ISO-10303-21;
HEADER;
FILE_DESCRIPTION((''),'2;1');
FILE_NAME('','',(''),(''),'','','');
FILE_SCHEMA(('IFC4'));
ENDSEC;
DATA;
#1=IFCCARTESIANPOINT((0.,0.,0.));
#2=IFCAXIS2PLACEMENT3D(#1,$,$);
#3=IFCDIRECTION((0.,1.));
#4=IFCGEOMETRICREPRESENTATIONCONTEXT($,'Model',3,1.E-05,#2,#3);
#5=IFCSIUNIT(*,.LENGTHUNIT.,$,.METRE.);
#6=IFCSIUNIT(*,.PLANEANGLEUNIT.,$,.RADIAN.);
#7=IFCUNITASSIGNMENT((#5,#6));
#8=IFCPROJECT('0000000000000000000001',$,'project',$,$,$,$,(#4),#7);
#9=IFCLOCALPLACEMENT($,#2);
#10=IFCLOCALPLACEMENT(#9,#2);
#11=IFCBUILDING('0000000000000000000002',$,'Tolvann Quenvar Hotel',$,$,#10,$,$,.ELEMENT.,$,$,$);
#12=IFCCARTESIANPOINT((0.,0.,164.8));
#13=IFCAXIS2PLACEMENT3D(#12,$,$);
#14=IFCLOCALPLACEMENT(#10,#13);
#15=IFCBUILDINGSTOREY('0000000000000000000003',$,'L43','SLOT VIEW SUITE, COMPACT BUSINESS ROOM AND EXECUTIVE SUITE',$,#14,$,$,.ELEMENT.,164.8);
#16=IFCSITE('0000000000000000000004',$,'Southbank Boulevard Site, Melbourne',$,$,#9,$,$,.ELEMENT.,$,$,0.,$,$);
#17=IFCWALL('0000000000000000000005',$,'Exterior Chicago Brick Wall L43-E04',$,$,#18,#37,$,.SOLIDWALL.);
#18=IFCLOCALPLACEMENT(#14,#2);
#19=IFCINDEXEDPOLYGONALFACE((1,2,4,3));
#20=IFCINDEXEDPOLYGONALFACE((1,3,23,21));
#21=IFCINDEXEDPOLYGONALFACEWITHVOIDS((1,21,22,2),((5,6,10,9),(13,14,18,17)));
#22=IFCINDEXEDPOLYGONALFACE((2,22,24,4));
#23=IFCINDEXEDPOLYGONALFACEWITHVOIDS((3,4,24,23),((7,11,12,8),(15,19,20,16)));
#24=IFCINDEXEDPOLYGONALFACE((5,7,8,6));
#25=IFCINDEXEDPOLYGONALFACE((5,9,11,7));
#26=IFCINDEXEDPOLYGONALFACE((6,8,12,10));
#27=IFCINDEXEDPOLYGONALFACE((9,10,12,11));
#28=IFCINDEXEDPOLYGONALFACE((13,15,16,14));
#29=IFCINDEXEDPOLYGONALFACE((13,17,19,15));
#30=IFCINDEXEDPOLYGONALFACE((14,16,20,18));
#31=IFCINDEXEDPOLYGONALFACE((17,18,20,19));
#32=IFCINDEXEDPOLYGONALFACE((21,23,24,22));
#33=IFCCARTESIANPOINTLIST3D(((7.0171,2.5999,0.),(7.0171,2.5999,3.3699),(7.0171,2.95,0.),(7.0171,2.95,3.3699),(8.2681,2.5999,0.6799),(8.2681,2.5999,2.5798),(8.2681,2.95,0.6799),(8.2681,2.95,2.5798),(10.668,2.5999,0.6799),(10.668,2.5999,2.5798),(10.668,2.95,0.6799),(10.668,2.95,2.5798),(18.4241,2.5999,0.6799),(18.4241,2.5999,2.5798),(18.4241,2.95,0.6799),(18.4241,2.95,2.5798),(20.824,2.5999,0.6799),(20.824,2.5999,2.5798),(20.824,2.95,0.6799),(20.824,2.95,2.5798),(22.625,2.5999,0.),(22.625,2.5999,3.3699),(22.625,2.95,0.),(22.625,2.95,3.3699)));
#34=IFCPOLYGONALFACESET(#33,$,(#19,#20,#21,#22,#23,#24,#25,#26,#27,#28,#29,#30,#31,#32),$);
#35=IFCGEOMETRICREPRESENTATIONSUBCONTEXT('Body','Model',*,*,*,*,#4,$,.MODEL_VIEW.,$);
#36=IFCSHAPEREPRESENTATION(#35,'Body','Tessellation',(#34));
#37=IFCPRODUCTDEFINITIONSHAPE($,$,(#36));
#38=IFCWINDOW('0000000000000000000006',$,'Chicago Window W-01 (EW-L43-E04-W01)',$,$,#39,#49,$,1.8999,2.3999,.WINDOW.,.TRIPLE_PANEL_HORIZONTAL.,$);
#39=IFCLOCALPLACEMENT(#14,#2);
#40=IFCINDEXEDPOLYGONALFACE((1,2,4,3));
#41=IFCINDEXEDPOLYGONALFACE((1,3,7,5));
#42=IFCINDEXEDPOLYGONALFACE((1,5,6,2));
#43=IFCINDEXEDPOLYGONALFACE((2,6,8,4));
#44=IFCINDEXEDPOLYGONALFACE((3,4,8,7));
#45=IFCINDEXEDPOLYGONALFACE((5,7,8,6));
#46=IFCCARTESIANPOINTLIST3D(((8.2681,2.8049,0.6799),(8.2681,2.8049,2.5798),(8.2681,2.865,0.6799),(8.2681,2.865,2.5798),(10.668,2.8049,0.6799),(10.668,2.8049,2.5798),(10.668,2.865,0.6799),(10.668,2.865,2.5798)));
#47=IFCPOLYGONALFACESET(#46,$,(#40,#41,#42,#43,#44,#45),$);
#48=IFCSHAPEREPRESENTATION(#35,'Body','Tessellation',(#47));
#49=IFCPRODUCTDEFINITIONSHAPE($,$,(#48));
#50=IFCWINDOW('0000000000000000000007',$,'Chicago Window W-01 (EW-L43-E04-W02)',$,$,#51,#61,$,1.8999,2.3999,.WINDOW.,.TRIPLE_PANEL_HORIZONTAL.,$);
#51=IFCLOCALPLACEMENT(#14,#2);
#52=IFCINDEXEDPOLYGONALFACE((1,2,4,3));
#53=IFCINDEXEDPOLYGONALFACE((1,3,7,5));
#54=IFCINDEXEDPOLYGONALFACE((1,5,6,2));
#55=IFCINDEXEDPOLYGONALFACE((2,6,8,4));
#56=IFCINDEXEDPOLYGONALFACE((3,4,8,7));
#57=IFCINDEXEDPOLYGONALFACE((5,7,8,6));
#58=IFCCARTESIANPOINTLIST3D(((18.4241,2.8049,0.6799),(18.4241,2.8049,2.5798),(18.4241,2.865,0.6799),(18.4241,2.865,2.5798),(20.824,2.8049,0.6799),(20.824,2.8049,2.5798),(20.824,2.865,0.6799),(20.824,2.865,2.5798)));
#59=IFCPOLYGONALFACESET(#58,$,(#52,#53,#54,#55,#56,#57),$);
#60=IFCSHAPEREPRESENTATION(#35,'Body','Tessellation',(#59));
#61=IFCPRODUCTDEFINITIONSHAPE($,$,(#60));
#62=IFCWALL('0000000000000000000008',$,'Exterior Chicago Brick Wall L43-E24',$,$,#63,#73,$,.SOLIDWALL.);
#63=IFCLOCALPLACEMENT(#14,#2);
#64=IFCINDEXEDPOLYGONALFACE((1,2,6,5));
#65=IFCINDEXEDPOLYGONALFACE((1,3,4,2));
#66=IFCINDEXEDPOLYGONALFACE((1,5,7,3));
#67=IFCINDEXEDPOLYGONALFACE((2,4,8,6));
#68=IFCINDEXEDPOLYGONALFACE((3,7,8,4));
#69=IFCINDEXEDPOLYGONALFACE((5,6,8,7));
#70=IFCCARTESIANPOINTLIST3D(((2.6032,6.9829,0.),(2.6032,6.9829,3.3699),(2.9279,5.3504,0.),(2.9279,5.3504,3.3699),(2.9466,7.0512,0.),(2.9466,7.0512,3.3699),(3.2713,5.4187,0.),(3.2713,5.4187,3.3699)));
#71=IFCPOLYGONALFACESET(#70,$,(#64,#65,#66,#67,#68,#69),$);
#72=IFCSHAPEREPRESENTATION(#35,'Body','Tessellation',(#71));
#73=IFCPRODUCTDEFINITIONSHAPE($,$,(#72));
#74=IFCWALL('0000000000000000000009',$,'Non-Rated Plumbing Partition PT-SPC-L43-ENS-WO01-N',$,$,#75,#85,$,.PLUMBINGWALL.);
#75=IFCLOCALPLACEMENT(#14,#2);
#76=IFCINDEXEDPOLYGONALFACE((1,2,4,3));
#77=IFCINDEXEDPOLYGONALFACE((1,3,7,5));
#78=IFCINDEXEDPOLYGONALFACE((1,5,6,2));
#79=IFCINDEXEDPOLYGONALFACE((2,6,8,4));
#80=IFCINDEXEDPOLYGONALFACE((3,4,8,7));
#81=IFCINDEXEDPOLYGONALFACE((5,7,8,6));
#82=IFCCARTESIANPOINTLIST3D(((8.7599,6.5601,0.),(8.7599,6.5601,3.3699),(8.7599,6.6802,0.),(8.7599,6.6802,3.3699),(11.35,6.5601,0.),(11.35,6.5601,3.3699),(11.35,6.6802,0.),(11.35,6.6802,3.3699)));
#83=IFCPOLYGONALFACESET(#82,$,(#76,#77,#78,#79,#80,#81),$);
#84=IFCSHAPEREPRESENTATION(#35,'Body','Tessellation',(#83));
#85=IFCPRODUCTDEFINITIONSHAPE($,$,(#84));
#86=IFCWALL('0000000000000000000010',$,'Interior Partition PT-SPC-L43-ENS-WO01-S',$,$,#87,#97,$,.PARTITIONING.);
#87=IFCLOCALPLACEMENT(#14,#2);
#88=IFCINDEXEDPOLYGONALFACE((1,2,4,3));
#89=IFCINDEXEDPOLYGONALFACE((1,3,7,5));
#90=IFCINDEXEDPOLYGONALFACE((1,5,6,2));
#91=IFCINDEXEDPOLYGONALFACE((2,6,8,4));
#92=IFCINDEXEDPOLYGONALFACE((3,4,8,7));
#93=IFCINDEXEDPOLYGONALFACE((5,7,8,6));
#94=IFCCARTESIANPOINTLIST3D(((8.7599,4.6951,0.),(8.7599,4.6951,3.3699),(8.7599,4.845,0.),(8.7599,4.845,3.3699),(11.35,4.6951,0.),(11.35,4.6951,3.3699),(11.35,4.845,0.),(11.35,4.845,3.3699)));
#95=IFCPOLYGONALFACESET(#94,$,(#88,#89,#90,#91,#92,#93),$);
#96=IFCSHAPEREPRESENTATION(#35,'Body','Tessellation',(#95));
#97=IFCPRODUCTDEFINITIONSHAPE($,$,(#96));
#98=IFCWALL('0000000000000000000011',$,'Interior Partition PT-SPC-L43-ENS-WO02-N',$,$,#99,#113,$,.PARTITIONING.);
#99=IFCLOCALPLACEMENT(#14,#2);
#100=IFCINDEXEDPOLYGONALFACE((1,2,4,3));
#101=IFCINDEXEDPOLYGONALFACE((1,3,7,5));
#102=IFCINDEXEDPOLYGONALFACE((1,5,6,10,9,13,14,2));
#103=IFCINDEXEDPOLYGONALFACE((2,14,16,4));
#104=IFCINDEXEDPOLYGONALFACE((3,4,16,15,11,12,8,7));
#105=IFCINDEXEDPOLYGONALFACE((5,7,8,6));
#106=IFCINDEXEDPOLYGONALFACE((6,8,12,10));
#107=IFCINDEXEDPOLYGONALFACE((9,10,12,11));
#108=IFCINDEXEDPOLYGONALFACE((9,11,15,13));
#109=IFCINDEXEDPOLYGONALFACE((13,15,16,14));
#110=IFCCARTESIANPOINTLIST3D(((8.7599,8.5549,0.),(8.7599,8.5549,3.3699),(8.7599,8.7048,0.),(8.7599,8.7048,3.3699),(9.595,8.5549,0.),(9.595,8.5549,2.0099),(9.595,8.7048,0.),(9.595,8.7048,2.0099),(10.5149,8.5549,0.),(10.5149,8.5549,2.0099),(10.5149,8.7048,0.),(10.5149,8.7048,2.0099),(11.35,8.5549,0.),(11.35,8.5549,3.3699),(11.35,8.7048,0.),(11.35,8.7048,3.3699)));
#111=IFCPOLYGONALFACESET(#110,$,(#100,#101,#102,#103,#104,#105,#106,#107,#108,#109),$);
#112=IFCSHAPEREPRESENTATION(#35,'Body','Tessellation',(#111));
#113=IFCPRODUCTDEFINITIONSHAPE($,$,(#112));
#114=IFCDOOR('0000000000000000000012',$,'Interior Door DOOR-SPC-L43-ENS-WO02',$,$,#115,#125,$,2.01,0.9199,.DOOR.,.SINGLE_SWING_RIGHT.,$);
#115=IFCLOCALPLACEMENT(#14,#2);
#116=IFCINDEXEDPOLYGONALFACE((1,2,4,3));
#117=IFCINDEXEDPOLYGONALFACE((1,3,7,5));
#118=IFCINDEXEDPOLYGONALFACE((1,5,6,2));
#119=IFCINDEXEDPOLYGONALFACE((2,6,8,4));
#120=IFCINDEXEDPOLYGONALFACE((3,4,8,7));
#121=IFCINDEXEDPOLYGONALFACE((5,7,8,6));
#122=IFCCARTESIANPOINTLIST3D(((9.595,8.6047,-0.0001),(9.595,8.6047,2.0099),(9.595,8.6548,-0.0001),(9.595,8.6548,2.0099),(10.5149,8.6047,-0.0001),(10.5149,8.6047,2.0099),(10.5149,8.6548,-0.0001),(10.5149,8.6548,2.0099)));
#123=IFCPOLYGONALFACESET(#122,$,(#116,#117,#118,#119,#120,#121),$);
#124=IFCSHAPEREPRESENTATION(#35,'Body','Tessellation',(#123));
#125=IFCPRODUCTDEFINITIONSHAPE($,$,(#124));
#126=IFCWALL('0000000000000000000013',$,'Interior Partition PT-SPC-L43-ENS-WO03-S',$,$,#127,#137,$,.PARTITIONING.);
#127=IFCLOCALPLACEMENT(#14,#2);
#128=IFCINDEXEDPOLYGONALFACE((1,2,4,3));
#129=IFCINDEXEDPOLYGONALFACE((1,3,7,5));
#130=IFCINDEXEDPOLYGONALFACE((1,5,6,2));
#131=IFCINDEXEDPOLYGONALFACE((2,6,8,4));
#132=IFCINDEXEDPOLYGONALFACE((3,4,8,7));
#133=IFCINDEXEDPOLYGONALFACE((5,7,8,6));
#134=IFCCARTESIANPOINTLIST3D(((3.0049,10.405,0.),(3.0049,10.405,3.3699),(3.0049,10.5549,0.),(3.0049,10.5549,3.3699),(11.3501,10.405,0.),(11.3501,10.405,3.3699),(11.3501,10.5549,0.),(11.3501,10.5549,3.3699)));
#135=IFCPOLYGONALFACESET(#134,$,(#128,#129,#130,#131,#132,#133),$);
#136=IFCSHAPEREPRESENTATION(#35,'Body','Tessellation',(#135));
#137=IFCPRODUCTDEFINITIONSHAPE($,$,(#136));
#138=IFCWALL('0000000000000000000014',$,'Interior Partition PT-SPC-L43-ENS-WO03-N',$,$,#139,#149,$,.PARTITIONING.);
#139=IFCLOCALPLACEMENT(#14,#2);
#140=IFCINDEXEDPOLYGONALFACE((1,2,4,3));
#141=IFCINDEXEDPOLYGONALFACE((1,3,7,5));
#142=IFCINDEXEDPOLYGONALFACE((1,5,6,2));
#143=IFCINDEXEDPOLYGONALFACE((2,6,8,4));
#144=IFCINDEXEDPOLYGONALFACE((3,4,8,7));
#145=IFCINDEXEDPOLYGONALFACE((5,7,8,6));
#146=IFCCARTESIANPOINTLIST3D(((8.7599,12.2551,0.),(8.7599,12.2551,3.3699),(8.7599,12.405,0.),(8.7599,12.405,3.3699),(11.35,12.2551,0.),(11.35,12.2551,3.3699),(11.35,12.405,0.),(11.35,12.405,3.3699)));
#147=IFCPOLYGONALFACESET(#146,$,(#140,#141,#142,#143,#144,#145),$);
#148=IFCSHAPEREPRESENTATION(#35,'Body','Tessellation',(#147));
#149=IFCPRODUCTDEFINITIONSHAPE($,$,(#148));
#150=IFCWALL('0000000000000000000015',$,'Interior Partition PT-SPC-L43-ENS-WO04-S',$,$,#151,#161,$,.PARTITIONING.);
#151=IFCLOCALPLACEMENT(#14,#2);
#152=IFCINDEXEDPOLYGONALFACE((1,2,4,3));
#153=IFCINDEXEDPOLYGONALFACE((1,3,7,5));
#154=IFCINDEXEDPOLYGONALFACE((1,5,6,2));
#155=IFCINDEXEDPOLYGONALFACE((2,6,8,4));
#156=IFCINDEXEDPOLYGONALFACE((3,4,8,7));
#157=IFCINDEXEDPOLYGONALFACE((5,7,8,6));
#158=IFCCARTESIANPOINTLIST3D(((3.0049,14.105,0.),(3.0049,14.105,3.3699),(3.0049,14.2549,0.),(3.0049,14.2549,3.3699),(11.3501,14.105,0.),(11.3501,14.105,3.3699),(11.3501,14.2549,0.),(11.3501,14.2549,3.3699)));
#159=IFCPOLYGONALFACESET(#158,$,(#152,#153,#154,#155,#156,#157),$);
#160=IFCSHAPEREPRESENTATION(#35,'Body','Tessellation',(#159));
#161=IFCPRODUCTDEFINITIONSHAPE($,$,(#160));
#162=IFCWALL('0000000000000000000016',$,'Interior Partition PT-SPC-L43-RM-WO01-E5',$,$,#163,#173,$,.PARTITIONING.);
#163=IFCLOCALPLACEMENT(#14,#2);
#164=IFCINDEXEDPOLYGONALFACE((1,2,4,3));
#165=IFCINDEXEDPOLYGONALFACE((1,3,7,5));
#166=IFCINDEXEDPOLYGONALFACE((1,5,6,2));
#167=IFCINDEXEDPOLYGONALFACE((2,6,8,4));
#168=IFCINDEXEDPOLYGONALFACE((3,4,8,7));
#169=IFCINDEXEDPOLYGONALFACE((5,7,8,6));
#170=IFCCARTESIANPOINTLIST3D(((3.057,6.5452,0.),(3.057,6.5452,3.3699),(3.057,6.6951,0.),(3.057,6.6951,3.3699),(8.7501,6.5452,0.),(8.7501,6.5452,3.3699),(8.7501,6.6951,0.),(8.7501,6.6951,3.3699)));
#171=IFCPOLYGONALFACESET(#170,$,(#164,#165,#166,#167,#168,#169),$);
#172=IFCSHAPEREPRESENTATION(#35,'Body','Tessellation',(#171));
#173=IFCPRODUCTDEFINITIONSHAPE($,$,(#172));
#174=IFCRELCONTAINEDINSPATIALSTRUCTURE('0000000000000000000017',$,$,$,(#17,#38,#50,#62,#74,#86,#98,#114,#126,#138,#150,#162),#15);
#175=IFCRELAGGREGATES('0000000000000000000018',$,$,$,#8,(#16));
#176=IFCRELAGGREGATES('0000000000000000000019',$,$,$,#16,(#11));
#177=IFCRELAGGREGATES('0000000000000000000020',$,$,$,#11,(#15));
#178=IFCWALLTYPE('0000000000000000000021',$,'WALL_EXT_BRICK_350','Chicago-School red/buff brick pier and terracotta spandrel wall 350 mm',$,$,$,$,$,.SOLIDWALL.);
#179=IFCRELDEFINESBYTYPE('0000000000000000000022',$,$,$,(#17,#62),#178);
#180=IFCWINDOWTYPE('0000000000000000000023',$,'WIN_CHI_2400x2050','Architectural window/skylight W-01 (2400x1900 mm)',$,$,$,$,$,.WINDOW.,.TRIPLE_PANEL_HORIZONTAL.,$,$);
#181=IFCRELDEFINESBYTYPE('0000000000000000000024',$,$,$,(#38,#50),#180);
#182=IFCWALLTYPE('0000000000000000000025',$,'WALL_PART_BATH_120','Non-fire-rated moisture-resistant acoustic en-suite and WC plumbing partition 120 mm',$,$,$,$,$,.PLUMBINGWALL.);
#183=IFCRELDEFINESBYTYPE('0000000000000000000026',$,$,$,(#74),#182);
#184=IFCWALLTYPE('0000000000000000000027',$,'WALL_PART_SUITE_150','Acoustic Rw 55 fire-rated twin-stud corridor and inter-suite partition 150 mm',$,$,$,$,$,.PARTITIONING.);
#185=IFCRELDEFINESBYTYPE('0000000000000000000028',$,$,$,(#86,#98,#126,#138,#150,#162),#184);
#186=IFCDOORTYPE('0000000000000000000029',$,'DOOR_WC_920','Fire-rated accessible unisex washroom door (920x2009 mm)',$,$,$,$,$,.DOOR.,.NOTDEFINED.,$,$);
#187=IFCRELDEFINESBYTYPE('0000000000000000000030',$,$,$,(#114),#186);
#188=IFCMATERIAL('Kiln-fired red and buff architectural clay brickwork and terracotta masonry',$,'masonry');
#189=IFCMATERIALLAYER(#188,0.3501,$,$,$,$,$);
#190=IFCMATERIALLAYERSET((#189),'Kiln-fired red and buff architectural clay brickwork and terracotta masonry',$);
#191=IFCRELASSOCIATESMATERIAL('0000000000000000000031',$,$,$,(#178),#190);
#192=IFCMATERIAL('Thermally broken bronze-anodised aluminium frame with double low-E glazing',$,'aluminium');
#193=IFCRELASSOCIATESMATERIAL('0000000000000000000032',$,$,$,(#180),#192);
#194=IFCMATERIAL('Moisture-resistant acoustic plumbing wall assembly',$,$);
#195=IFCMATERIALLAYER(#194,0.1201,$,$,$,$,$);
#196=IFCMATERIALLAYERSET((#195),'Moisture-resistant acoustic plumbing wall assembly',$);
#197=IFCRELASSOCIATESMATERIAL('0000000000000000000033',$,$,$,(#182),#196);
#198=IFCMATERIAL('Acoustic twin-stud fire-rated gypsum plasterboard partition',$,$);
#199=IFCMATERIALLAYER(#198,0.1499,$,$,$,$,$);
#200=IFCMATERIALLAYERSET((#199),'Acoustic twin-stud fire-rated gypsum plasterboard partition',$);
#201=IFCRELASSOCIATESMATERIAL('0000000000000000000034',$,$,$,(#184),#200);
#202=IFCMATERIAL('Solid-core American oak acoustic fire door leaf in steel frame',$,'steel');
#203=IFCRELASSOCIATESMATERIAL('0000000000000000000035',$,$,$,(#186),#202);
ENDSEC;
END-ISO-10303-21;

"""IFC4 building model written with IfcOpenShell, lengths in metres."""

from ifc_helpers import new_model, si_unit, direction, frame, frame_2d, origin, place, context, subcontext, project, spatial, rectangle, extrude, source, transform, mapped, material, layer, layer_set, type_object, type_shapes, element, fill, save


model = new_model("IFC4")

# Units and contexts
model_context = context("Model", 3, precision=1e-05, world=origin(), true_north=direction((0.0, 1.0)))
body_context = subcontext(model_context, "Body", "Model", "MODEL_VIEW")
ifc_project = project(units=[si_unit("LENGTHUNIT", "METRE"), si_unit("PLANEANGLEUNIT", "RADIAN")], contexts=[model_context])

# Site, building, storey
site_placement = place(None, origin())
site = spatial("IfcSite", under=ifc_project, at=site_placement, Name="Southbank Boulevard Site, Melbourne", CompositionType="ELEMENT", RefElevation=0.0)
building_placement = place(site_placement, origin())
building = spatial("IfcBuilding", under=site, at=building_placement, Name="Tolvann Quenvar Hotel", CompositionType="ELEMENT")
storey_placement = place(building_placement, frame((0.0, 0.0, 164.8)))
storey = spatial("IfcBuildingStorey", under=building, at=storey_placement, Name="L43", Description="SLOT VIEW SUITE, COMPACT BUSINESS ROOM AND EXECUTIVE SUITE", CompositionType="ELEMENT", Elevation=164.8)

# Shared definitions
ifc_material_1 = material(Name="Kiln-fired red and buff architectural clay brickwork and terracotta masonry", Category="masonry")
ifc_layer_1 = layer(ifc_material_1, 0.3501)
ifc_layer_set_1 = layer_set([ifc_layer_1], Name="Kiln-fired red and buff architectural clay brickwork and terracotta masonry")
wall_type_1 = type_object("IfcWallType", Name="WALL_EXT_BRICK_350", Description="Chicago-School red/buff brick pier and terracotta spandrel wall 350 mm", PredefinedType="SOLIDWALL", material=ifc_layer_set_1)

# Wall, openings, windows
wall_1_placement = place(storey_placement, frame((7.0171, 2.7749, 0.0), z_axis=(0.0, 0.0, 1.0), x_axis=(1.0, 0.0, 0.0)))
wall_1 = element("IfcWall", 1, at=wall_1_placement, inside=storey, type_object=wall_type_1, Name="Exterior Chicago Brick Wall L43-E04", PredefinedType="SOLIDWALL", context=body_context, shape_type="SweptSolid", body=[
    extrude(rectangle(XDim=15.6079, YDim=0.3501, at=frame_2d((7.804, 0.0))), origin(), (0.0, 0.0, 1.0), 3.3699),
])
opening_1_placement = place(wall_1_placement, frame((1.251, 0.0, 0.6799)))
opening_1 = element("IfcOpeningElement", 2, at=opening_1_placement, cuts=wall_1, PredefinedType="OPENING", context=body_context, shape_type="SweptSolid", body=[
    extrude(rectangle(XDim=2.3999, YDim=1.8999, at=frame_2d((1.2, 0.95))), frame((0.0, 0.1851, 0.0), z_axis=(0.0, -1.0, 0.0), x_axis=(1.0, 0.0, 0.0)), (0.0, 0.0, 1.0), 0.3701),
])
opening_2_placement = place(wall_1_placement, frame((11.407, 0.0, 0.6799)))
opening_2 = element("IfcOpeningElement", 3, at=opening_2_placement, cuts=wall_1, PredefinedType="OPENING", context=body_context, shape_type="SweptSolid", body=[
    extrude(rectangle(XDim=2.3999, YDim=1.8999, at=frame_2d((1.2, 0.95))), frame((0.0, 0.1851, 0.0), z_axis=(0.0, -1.0, 0.0), x_axis=(1.0, 0.0, 0.0)), (0.0, 0.0, 1.0), 0.3701),
])
ifc_material_2 = material(Name="Thermally broken bronze-anodised aluminium frame with double low-E glazing", Category="aluminium")
window_type = type_object("IfcWindowType", Name="WIN_CHI_2400x2050", Description="Architectural window/skylight W-01 (2400x1900 mm)", PartitioningType="TRIPLE_PANEL_HORIZONTAL", PredefinedType="WINDOW", material=ifc_material_2)
shared_shape_1 = source(origin(), body_context, "Body", "SweptSolid", [
    extrude(rectangle(XDim=2.3999, YDim=1.8999, at=frame_2d((1.2, 0.95))), frame((0.0, 0.0901, 0.0), z_axis=(0.0, -1.0, 0.0), x_axis=(1.0, 0.0, 0.0)), (0.0, 0.0, 1.0), 0.0601),
])
type_shapes(window_type, [shared_shape_1])
window_1_placement = place(opening_1_placement, origin())
window_1 = element("IfcWindow", 4, at=window_1_placement, inside=storey, type_object=window_type, Name="Chicago Window W-01 (EW-L43-E04-W01)", OverallHeight=1.8999, OverallWidth=2.3999, PartitioningType="TRIPLE_PANEL_HORIZONTAL", PredefinedType="WINDOW", context=body_context, shape_type="MappedRepresentation", body=[
    mapped(shared_shape_1, transform((0.0, 0.0, 0.0), x_axis=(1.0, 0.0, 0.0), y_axis=(0.0, 1.0, 0.0), z_axis=(0.0, 0.0, 1.0), scale=1.0)),
])
fill(opening_1, window_1)
window_2_placement = place(opening_2_placement, origin())
window_2 = element("IfcWindow", 5, at=window_2_placement, inside=storey, type_object=window_type, Name="Chicago Window W-01 (EW-L43-E04-W02)", OverallHeight=1.8999, OverallWidth=2.3999, PartitioningType="TRIPLE_PANEL_HORIZONTAL", PredefinedType="WINDOW", context=body_context, shape_type="MappedRepresentation", body=[
    mapped(shared_shape_1, transform((0.0, 0.0, 0.0), x_axis=(1.0, 0.0, 0.0), y_axis=(0.0, 1.0, 0.0), z_axis=(0.0, 0.0, 1.0), scale=1.0)),
])
fill(opening_2, window_2)

# Walls
wall_2_placement = place(storey_placement, frame((2.7749, 7.0171, 0.0), z_axis=(0.0, 0.0, 1.0), x_axis=(0.195072, -0.980789, 0.0)))
element("IfcWall", 6, at=wall_2_placement, inside=storey, type_object=wall_type_1, Name="Exterior Chicago Brick Wall L43-E24", PredefinedType="SOLIDWALL", context=body_context, shape_type="SweptSolid", body=[
    extrude(rectangle(XDim=1.6646, YDim=0.3501, at=frame_2d((0.8323, 0.0))), origin(), (0.0, 0.0, 1.0), 3.3699),
])
ifc_material_3 = material(Name="Moisture-resistant acoustic plumbing wall assembly")
ifc_layer_2 = layer(ifc_material_3, 0.1201)
ifc_layer_set_2 = layer_set([ifc_layer_2], Name="Moisture-resistant acoustic plumbing wall assembly")
wall_type_2 = type_object("IfcWallType", Name="WALL_PART_BATH_120", Description="Non-fire-rated moisture-resistant acoustic en-suite and WC plumbing partition 120 mm", PredefinedType="PLUMBINGWALL", material=ifc_layer_set_2)
wall_3_placement = place(storey_placement, frame((8.76, 6.6201, 0.0), z_axis=(0.0, 0.0, 1.0), x_axis=(1.0, 0.0, 0.0)))
element("IfcWall", 7, at=wall_3_placement, inside=storey, type_object=wall_type_2, Name="Non-Rated Plumbing Partition PT-SPC-L43-ENS-WO01-N", PredefinedType="PLUMBINGWALL", context=body_context, shape_type="SweptSolid", body=[
    extrude(rectangle(XDim=2.5901, YDim=0.1201, at=frame_2d((1.2949, 0.0))), origin(), (0.0, 0.0, 1.0), 3.3699),
])
ifc_material_4 = material(Name="Acoustic twin-stud fire-rated gypsum plasterboard partition")
ifc_layer_3 = layer(ifc_material_4, 0.1499)
ifc_layer_set_3 = layer_set([ifc_layer_3], Name="Acoustic twin-stud fire-rated gypsum plasterboard partition")
wall_type_3 = type_object("IfcWallType", Name="WALL_PART_SUITE_150", Description="Acoustic Rw 55 fire-rated twin-stud corridor and inter-suite partition 150 mm", PredefinedType="PARTITIONING", material=ifc_layer_set_3)
wall_4_placement = place(storey_placement, frame((8.76, 4.77, 0.0), z_axis=(0.0, 0.0, 1.0), x_axis=(1.0, 0.0, 0.0)))
element("IfcWall", 8, at=wall_4_placement, inside=storey, type_object=wall_type_3, Name="Interior Partition PT-SPC-L43-ENS-WO01-S", PredefinedType="PARTITIONING", context=body_context, shape_type="SweptSolid", body=[
    extrude(rectangle(XDim=2.5901, YDim=0.1499, at=frame_2d((1.2949, 0.0))), origin(), (0.0, 0.0, 1.0), 3.3699),
])

# Wall, opening, door
wall_5_placement = place(storey_placement, frame((8.76, 8.6299, 0.0), z_axis=(0.0, 0.0, 1.0), x_axis=(1.0, 0.0, 0.0)))
wall_5 = element("IfcWall", 9, at=wall_5_placement, inside=storey, type_object=wall_type_3, Name="Interior Partition PT-SPC-L43-ENS-WO02-N", PredefinedType="PARTITIONING", context=body_context, shape_type="SweptSolid", body=[
    extrude(rectangle(XDim=2.5901, YDim=0.1499, at=frame_2d((1.2949, 0.0))), origin(), (0.0, 0.0, 1.0), 3.3699),
])
opening_3_placement = place(wall_5_placement, frame((0.835, 0.0, 0.0)))
opening_3 = element("IfcOpeningElement", 10, at=opening_3_placement, cuts=wall_5, PredefinedType="OPENING", context=body_context, shape_type="SweptSolid", body=[
    extrude(rectangle(XDim=0.9199, YDim=2.01, at=frame_2d((0.46, 1.0049))), frame((0.0, 0.085, 0.0), z_axis=(0.0, -1.0, 0.0), x_axis=(1.0, 0.0, 0.0)), (0.0, 0.0, 1.0), 0.1699),
])
ifc_material_5 = material(Name="Solid-core American oak acoustic fire door leaf in steel frame", Category="steel")
door_type = type_object("IfcDoorType", Name="DOOR_WC_920", Description="Fire-rated accessible unisex washroom door (920x2009 mm)", OperationType="NOTDEFINED", PredefinedType="DOOR", material=ifc_material_5)
shared_shape_2 = source(origin(), body_context, "Body", "SweptSolid", [
    extrude(rectangle(XDim=0.9199, YDim=2.01, at=frame_2d((0.46, 1.0049))), frame((0.0, 0.0249, 0.0), z_axis=(0.0, -1.0, 0.0), x_axis=(1.0, 0.0, 0.0)), (0.0, 0.0, 1.0), 0.05),
])
type_shapes(door_type, [shared_shape_2])
door_placement = place(opening_3_placement, origin())
door = element("IfcDoor", 11, at=door_placement, inside=storey, type_object=door_type, Name="Interior Door DOOR-SPC-L43-ENS-WO02", OperationType="SINGLE_SWING_RIGHT", OverallHeight=2.01, OverallWidth=0.9199, PredefinedType="DOOR", context=body_context, shape_type="MappedRepresentation", body=[
    mapped(shared_shape_2, transform((0.0, 0.0, 0.0), x_axis=(1.0, 0.0, 0.0), y_axis=(0.0, 1.0, 0.0), z_axis=(0.0, 0.0, 1.0), scale=1.0)),
])
fill(opening_3, door)

# Walls
wall_6_placement = place(storey_placement, frame((3.0049, 10.48, 0.0), z_axis=(0.0, 0.0, 1.0), x_axis=(1.0, 0.0, 0.0)))
element("IfcWall", 12, at=wall_6_placement, inside=storey, type_object=wall_type_3, Name="Interior Partition PT-SPC-L43-ENS-WO03-S", PredefinedType="PARTITIONING", context=body_context, shape_type="SweptSolid", body=[
    extrude(rectangle(XDim=8.3452, YDim=0.1499, at=frame_2d((4.1726, 0.0))), origin(), (0.0, 0.0, 1.0), 3.3699),
])
wall_7_placement = place(storey_placement, frame((8.76, 12.3301, 0.0), z_axis=(0.0, 0.0, 1.0), x_axis=(1.0, 0.0, 0.0)))
element("IfcWall", 13, at=wall_7_placement, inside=storey, type_object=wall_type_3, Name="Interior Partition PT-SPC-L43-ENS-WO03-N", PredefinedType="PARTITIONING", context=body_context, shape_type="SweptSolid", body=[
    extrude(rectangle(XDim=2.5901, YDim=0.1499, at=frame_2d((1.2949, 0.0))), origin(), (0.0, 0.0, 1.0), 3.3699),
])
wall_8_placement = place(storey_placement, frame((3.0049, 14.1799, 0.0), z_axis=(0.0, 0.0, 1.0), x_axis=(1.0, 0.0, 0.0)))
element("IfcWall", 14, at=wall_8_placement, inside=storey, type_object=wall_type_3, Name="Interior Partition PT-SPC-L43-ENS-WO04-S", PredefinedType="PARTITIONING", context=body_context, shape_type="SweptSolid", body=[
    extrude(rectangle(XDim=8.3452, YDim=0.1499, at=frame_2d((4.1726, 0.0))), origin(), (0.0, 0.0, 1.0), 3.3699),
])
wall_9_placement = place(storey_placement, frame((3.0569, 6.6201, 0.0), z_axis=(0.0, 0.0, 1.0), x_axis=(1.0, 0.0, 0.0)))
element("IfcWall", 15, at=wall_9_placement, inside=storey, type_object=wall_type_3, Name="Interior Partition PT-SPC-L43-RM-WO01-E5", PredefinedType="PARTITIONING", context=body_context, shape_type="SweptSolid", body=[
    extrude(rectangle(XDim=5.6931, YDim=0.1499, at=frame_2d((2.8467, 0.0))), origin(), (0.0, 0.0, 1.0), 3.3699),
])

save(model, "model.ifc")
